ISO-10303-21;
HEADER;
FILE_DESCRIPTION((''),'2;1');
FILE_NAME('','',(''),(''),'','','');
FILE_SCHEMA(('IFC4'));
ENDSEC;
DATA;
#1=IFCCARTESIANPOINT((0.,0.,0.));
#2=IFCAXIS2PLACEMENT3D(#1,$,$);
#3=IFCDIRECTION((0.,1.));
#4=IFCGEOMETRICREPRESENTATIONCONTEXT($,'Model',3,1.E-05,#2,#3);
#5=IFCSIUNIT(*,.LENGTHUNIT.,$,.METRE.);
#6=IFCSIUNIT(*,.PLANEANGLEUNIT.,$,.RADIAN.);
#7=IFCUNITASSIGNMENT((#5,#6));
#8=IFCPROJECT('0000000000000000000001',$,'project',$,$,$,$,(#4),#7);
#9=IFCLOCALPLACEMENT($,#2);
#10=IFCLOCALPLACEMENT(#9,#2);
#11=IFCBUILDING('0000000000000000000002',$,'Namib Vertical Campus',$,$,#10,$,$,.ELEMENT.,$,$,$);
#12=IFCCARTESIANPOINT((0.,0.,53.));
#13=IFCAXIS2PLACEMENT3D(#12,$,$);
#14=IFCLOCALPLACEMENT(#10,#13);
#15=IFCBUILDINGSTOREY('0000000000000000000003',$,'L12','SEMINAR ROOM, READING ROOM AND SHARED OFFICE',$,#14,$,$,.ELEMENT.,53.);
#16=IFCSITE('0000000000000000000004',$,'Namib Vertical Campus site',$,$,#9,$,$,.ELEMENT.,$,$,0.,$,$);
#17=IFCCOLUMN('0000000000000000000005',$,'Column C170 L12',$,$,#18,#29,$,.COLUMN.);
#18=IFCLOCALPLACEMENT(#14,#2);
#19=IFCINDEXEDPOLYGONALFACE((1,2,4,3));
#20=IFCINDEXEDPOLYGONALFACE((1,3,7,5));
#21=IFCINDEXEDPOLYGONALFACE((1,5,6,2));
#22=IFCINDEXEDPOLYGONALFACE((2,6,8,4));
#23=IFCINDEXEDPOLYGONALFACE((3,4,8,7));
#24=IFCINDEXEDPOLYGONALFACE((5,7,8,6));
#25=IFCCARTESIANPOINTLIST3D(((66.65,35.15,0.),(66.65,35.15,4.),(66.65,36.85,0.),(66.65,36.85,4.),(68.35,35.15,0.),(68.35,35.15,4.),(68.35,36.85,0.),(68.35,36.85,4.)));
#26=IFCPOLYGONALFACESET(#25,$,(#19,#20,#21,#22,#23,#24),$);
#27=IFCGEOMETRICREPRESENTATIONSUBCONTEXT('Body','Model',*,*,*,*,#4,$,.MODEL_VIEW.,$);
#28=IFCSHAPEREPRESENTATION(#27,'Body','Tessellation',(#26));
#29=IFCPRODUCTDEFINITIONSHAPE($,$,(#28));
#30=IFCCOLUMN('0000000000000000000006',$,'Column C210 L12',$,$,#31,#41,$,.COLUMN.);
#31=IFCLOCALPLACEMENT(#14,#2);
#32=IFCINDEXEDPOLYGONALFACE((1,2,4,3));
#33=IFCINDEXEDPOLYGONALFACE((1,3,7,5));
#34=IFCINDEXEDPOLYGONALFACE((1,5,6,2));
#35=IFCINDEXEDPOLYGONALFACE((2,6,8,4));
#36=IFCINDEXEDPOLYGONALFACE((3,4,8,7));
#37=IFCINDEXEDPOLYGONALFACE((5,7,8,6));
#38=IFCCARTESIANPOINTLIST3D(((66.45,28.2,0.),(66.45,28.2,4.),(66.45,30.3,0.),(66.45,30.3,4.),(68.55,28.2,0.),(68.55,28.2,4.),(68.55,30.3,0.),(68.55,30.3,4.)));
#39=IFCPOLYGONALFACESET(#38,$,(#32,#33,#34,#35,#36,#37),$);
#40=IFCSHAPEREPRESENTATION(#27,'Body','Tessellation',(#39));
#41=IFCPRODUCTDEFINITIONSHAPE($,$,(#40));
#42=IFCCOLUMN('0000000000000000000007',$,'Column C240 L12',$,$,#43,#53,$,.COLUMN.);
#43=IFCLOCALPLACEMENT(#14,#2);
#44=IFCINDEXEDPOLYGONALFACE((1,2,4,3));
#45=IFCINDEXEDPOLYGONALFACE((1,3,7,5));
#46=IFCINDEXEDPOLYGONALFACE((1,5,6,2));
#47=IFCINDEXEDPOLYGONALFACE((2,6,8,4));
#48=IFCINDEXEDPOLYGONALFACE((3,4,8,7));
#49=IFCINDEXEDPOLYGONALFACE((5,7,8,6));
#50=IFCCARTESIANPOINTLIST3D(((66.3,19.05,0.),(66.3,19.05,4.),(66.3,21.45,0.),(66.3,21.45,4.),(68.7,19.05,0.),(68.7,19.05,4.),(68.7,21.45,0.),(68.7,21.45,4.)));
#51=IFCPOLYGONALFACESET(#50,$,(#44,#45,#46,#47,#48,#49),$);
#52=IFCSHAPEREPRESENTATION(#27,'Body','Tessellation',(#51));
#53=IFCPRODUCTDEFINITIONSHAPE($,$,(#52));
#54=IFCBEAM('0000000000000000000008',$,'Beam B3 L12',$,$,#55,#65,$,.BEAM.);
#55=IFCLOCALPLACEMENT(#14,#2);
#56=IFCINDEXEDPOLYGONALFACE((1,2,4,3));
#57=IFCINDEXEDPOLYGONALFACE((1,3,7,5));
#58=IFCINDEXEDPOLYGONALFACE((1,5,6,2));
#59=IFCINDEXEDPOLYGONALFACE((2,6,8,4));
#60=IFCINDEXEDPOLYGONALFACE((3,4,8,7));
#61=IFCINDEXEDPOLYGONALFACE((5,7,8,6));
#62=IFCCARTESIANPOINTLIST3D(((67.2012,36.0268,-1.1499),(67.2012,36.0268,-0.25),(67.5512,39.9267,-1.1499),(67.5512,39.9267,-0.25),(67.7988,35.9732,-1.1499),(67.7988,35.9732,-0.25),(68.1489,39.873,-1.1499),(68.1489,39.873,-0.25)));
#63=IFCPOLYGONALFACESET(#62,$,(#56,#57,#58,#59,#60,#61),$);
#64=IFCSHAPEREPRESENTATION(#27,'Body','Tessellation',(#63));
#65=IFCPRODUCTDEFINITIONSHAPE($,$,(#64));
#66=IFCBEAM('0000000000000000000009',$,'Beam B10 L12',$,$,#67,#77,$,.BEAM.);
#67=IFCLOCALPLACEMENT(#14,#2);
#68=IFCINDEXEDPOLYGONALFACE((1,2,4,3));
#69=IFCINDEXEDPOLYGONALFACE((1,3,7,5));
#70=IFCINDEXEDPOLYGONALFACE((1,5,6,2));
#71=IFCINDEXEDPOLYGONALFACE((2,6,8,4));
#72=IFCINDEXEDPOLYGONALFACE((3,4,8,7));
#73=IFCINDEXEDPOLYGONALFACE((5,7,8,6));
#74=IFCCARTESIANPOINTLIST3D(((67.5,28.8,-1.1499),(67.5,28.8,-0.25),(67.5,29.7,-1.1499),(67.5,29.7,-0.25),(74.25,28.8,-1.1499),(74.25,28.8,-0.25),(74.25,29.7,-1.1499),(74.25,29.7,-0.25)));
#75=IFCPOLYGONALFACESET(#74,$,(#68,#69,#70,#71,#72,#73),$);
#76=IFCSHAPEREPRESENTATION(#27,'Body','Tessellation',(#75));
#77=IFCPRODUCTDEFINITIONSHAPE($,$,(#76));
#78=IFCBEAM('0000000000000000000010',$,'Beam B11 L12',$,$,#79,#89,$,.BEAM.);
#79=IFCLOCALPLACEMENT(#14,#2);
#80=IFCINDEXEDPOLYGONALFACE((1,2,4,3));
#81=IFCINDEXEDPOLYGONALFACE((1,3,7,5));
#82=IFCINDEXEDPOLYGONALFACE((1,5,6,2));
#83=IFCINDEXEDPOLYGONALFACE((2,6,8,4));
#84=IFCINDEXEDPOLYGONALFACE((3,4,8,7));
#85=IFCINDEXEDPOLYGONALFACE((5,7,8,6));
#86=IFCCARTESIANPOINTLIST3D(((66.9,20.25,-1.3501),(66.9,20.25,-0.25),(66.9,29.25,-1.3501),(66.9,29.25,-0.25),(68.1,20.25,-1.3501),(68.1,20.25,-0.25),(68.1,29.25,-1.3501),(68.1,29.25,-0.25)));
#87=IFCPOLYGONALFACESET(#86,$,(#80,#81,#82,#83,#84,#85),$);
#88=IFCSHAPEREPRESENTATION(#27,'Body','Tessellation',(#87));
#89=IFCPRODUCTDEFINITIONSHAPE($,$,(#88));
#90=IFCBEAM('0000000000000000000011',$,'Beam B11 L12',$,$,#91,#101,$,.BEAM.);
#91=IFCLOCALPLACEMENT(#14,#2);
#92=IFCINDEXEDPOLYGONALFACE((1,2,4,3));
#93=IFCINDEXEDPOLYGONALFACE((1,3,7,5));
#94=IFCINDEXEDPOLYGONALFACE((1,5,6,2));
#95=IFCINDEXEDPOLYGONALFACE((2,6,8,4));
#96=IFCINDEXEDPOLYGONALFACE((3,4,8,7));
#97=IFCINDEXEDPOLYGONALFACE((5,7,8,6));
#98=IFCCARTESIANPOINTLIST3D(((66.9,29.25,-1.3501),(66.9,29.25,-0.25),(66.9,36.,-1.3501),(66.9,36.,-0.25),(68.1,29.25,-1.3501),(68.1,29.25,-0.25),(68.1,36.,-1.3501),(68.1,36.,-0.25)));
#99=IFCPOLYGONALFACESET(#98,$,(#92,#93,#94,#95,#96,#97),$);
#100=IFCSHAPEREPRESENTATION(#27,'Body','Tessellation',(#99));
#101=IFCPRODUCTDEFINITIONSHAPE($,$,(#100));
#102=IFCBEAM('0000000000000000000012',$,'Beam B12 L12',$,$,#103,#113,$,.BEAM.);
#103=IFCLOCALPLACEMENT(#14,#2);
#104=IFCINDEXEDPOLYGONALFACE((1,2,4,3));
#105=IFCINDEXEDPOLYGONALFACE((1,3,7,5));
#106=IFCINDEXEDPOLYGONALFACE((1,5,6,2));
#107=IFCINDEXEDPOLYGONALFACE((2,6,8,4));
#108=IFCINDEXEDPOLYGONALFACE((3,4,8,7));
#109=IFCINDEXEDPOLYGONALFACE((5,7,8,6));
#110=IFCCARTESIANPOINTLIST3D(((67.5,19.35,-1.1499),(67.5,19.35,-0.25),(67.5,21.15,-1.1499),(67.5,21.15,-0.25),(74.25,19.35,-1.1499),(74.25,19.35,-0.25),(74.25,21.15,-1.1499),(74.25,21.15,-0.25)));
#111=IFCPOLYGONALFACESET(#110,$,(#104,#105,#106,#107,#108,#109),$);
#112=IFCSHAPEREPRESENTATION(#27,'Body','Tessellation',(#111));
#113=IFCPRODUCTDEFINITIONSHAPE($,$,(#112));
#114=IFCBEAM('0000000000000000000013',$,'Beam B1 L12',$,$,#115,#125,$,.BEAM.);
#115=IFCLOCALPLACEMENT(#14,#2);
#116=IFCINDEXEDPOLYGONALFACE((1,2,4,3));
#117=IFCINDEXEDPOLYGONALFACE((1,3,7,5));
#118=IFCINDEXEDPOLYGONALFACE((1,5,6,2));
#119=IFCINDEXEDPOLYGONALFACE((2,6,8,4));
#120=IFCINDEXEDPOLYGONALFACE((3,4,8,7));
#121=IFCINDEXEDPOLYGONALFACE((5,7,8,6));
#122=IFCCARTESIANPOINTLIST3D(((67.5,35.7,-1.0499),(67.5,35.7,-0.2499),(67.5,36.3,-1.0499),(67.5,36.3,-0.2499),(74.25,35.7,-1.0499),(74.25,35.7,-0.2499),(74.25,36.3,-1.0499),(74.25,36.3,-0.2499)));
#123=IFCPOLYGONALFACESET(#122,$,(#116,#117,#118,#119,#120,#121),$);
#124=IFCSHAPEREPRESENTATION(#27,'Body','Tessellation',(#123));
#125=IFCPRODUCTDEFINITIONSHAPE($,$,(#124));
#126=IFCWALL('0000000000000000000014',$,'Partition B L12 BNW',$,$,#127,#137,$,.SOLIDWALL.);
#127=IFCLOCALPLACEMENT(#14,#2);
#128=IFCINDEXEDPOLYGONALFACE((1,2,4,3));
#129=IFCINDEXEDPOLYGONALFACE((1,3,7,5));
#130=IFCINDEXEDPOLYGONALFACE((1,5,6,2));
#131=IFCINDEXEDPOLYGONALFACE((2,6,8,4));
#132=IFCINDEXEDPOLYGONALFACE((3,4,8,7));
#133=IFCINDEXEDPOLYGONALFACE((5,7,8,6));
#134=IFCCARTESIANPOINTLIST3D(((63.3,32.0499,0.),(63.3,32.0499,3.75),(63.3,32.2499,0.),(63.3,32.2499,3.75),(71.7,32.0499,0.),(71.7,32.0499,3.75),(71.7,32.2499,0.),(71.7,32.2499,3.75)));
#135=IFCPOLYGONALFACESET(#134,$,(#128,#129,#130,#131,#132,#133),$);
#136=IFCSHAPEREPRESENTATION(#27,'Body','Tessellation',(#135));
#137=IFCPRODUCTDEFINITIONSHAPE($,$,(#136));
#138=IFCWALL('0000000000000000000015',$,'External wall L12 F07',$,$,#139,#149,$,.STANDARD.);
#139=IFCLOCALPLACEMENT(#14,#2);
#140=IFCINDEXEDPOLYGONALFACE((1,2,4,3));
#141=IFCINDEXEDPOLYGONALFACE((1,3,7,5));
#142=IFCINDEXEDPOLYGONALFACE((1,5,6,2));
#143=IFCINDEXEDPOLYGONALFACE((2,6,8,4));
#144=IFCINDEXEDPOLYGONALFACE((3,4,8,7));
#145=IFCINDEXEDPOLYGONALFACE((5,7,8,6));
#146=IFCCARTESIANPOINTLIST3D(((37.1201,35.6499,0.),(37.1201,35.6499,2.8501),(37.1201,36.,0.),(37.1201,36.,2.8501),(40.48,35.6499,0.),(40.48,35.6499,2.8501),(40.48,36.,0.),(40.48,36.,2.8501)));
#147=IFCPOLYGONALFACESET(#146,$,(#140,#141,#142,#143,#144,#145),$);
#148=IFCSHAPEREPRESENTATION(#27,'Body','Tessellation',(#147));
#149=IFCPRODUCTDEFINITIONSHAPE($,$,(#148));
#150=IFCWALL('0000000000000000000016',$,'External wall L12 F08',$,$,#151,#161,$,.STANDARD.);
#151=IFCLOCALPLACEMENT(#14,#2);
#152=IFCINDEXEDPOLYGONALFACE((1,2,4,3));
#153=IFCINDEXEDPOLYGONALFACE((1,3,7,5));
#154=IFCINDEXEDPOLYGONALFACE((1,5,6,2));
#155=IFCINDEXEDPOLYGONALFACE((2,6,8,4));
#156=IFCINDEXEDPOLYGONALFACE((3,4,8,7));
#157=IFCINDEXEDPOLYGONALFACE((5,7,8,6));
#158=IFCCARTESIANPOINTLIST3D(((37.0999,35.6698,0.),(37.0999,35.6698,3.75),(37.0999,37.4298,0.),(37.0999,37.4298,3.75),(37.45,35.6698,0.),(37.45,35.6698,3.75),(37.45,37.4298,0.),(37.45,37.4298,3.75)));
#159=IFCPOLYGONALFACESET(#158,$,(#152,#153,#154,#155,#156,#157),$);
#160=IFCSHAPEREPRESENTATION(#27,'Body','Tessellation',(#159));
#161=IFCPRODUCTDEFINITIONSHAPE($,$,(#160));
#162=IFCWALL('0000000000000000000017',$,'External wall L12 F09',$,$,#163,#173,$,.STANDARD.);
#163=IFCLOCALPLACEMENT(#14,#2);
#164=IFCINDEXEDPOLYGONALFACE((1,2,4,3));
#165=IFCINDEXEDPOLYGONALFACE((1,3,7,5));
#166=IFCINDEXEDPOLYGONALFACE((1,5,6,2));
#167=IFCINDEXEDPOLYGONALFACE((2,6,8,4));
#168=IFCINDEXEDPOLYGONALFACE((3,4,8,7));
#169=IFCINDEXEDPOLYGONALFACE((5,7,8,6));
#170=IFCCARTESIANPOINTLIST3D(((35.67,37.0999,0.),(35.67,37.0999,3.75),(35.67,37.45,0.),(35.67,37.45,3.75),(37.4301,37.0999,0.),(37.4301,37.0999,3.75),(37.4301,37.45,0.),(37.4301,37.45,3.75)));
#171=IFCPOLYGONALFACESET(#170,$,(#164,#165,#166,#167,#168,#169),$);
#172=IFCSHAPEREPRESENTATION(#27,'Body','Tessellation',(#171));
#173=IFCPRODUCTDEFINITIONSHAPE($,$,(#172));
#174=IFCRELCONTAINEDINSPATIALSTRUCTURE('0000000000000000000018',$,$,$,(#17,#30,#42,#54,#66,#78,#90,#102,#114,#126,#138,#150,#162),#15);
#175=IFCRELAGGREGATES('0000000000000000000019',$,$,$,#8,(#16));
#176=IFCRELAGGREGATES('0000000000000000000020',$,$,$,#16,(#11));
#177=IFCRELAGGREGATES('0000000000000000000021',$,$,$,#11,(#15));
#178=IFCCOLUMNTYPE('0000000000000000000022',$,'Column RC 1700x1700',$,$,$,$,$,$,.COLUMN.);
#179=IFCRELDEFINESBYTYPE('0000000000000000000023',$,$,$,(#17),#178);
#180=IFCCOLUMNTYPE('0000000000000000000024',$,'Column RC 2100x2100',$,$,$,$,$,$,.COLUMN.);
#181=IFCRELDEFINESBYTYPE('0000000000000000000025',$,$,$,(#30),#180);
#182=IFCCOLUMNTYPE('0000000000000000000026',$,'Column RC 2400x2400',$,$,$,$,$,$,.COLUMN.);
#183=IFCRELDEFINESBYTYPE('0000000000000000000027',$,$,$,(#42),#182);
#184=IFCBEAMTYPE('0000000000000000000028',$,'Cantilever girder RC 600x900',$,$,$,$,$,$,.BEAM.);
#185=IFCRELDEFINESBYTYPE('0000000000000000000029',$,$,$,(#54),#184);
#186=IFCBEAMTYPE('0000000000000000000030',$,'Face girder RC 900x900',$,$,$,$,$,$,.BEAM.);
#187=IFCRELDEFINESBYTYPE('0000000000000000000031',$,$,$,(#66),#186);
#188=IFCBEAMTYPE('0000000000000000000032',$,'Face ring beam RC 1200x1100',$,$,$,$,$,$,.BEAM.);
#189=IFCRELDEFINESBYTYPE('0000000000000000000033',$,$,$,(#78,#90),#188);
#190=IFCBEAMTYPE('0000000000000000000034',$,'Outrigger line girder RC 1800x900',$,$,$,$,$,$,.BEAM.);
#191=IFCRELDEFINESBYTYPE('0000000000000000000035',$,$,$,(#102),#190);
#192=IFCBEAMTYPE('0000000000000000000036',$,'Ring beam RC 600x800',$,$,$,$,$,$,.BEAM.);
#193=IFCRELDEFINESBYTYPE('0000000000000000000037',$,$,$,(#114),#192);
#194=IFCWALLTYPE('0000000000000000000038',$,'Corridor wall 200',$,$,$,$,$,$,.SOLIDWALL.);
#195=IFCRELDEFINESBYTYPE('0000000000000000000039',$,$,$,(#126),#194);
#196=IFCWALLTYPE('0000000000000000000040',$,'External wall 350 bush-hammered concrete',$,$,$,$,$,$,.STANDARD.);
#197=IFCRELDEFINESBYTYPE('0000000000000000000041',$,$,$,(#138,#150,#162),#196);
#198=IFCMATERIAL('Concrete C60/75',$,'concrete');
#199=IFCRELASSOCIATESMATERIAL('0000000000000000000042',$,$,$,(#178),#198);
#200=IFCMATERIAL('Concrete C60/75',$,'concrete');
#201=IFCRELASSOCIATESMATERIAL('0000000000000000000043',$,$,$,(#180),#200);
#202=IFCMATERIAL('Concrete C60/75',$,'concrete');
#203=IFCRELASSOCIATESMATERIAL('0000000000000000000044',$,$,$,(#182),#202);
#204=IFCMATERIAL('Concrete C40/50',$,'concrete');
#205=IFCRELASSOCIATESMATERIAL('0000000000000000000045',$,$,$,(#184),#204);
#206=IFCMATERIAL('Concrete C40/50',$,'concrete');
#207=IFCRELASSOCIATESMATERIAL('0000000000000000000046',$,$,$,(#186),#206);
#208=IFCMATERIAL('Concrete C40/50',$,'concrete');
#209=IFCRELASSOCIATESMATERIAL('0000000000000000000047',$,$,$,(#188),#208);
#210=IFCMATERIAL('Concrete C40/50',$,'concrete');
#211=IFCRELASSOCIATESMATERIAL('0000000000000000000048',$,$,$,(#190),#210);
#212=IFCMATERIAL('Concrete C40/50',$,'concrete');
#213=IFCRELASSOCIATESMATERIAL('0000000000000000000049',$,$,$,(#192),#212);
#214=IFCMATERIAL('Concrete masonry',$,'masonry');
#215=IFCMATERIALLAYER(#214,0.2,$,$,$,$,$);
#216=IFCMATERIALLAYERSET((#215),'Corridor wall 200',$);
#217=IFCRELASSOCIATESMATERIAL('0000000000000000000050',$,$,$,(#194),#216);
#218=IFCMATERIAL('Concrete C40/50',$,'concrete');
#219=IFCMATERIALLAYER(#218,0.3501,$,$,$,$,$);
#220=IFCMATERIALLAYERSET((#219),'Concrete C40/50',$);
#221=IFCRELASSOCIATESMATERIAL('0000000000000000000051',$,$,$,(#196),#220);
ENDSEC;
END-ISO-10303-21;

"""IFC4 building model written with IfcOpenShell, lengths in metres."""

from ifc_helpers import new_model, si_unit, direction, frame, frame_2d, origin, origin_2d, place, context, subcontext, project, spatial, rectangle, extrude, material, layer, layer_set, material_profile, profile_set, type_object, element, save


model = new_model("IFC4")

# Units and contexts
model_context = context("Model", 3, precision=1e-05, world=origin(), true_north=direction((0.0, 1.0)))
body_context = subcontext(model_context, "Body", "Model", "MODEL_VIEW")
ifc_project = project(units=[si_unit("LENGTHUNIT", "METRE"), si_unit("PLANEANGLEUNIT", "RADIAN")], contexts=[model_context])

# Site, building, storey
site_placement = place(None, origin())
site = spatial("IfcSite", under=ifc_project, at=site_placement, Name="Namib Vertical Campus site", CompositionType="ELEMENT", RefElevation=0.0)
building_placement = place(site_placement, origin())
building = spatial("IfcBuilding", under=site, at=building_placement, Name="Namib Vertical Campus", CompositionType="ELEMENT")
storey_placement = place(building_placement, frame((0.0, 0.0, 53.0)))
storey = spatial("IfcBuildingStorey", under=building, at=storey_placement, Name="L12", Description="SEMINAR ROOM, READING ROOM AND SHARED OFFICE", CompositionType="ELEMENT", Elevation=53.0)

# Columns
ifc_material_1 = material(Name="Concrete C60/75", Category="concrete")
ifc_material_profile_1 = material_profile(ifc_material_1, rectangle(XDim=1.7, YDim=1.7, at=origin_2d()))
ifc_profile_set_1 = profile_set([ifc_material_profile_1], Name="Concrete C60/75")
column_type_1 = type_object("IfcColumnType", Name="Column RC 1700x1700", PredefinedType="COLUMN", material=ifc_profile_set_1)
column_1_placement = place(storey_placement, frame((67.5, 36.0, 0.0), z_axis=(0.0, 0.0, 1.0), x_axis=(1.0, 0.0, 0.0)))
element("IfcColumn", 1, at=column_1_placement, inside=storey, type_object=column_type_1, Name="Column C170 L12", PredefinedType="COLUMN", context=body_context, shape_type="SweptSolid", body=[
    extrude(rectangle(XDim=1.7, YDim=1.7, at=origin_2d()), origin(), (0.0, 0.0, 1.0), 4.0),
])
ifc_material_2 = material(Name="Concrete C60/75", Category="concrete")
ifc_material_profile_2 = material_profile(ifc_material_2, rectangle(XDim=2.1001, YDim=2.1001, at=origin_2d()))
ifc_profile_set_2 = profile_set([ifc_material_profile_2], Name="Concrete C60/75")
column_type_2 = type_object("IfcColumnType", Name="Column RC 2100x2100", PredefinedType="COLUMN", material=ifc_profile_set_2)
column_2_placement = place(storey_placement, frame((67.5, 29.25, 0.0), z_axis=(0.0, 0.0, 1.0), x_axis=(1.0, 0.0, 0.0)))
element("IfcColumn", 2, at=column_2_placement, inside=storey, type_object=column_type_2, Name="Column C210 L12", PredefinedType="COLUMN", context=body_context, shape_type="SweptSolid", body=[
    extrude(rectangle(XDim=2.1001, YDim=2.1001, at=origin_2d()), origin(), (0.0, 0.0, 1.0), 4.0),
])
ifc_material_3 = material(Name="Concrete C60/75", Category="concrete")
ifc_material_profile_3 = material_profile(ifc_material_3, rectangle(XDim=2.3999, YDim=2.3999, at=origin_2d()))
ifc_profile_set_3 = profile_set([ifc_material_profile_3], Name="Concrete C60/75")
column_type_3 = type_object("IfcColumnType", Name="Column RC 2400x2400", PredefinedType="COLUMN", material=ifc_profile_set_3)
column_3_placement = place(storey_placement, frame((67.5, 20.25, 0.0), z_axis=(0.0, 0.0, 1.0), x_axis=(1.0, 0.0, 0.0)))
element("IfcColumn", 3, at=column_3_placement, inside=storey, type_object=column_type_3, Name="Column C240 L12", PredefinedType="COLUMN", context=body_context, shape_type="SweptSolid", body=[
    extrude(rectangle(XDim=2.3999, YDim=2.3999, at=origin_2d()), origin(), (0.0, 0.0, 1.0), 4.0),
])

# Beams
ifc_material_4 = material(Name="Concrete C40/50", Category="concrete")
ifc_material_profile_4 = material_profile(ifc_material_4, rectangle(XDim=0.6001, YDim=0.8999, at=origin_2d()))
ifc_profile_set_4 = profile_set([ifc_material_profile_4], Name="Concrete C40/50")
beam_type_1 = type_object("IfcBeamType", Name="Cantilever girder RC 600x900", PredefinedType="BEAM", material=ifc_profile_set_4)
beam_1_placement = place(storey_placement, frame((67.5, 36.0, -0.7), z_axis=(0.089411, 0.995995, 0.0), x_axis=(-0.995995, 0.089411, 0.0)))
element("IfcBeam", 4, at=beam_1_placement, inside=storey, type_object=beam_type_1, Name="Beam B3 L12", PredefinedType="BEAM", context=body_context, shape_type="SweptSolid", body=[
    extrude(rectangle(XDim=0.6001, YDim=0.8999, at=origin_2d()), origin(), (0.0, 0.0, 1.0), 3.9155),
])
ifc_material_5 = material(Name="Concrete C40/50", Category="concrete")
ifc_material_profile_5 = material_profile(ifc_material_5, rectangle(XDim=0.8999, YDim=0.8999, at=origin_2d()))
ifc_profile_set_5 = profile_set([ifc_material_profile_5], Name="Concrete C40/50")
beam_type_2 = type_object("IfcBeamType", Name="Face girder RC 900x900", PredefinedType="BEAM", material=ifc_profile_set_5)
beam_2_placement = place(storey_placement, frame((67.5, 29.25, -0.7), z_axis=(1.0, 0.0, 0.0), x_axis=(0.0, 1.0, 0.0)))
element("IfcBeam", 5, at=beam_2_placement, inside=storey, type_object=beam_type_2, Name="Beam B10 L12", PredefinedType="BEAM", context=body_context, shape_type="SweptSolid", body=[
    extrude(rectangle(XDim=0.8999, YDim=0.8999, at=origin_2d()), origin(), (0.0, 0.0, 1.0), 6.75),
])
ifc_material_6 = material(Name="Concrete C40/50", Category="concrete")
ifc_material_profile_6 = material_profile(ifc_material_6, rectangle(XDim=1.2, YDim=1.1001, at=origin_2d()))
ifc_profile_set_6 = profile_set([ifc_material_profile_6], Name="Concrete C40/50")
beam_type_3 = type_object("IfcBeamType", Name="Face ring beam RC 1200x1100", PredefinedType="BEAM", material=ifc_profile_set_6)
beam_3_placement = place(storey_placement, frame((67.5, 20.25, -0.8), z_axis=(0.0, 1.0, 0.0), x_axis=(-1.0, 0.0, 0.0)))
element("IfcBeam", 6, at=beam_3_placement, inside=storey, type_object=beam_type_3, Name="Beam B11 L12", PredefinedType="BEAM", context=body_context, shape_type="SweptSolid", body=[
    extrude(rectangle(XDim=1.2, YDim=1.1001, at=origin_2d()), origin(), (0.0, 0.0, 1.0), 9.0),
])
beam_4_placement = place(storey_placement, frame((67.5, 29.25, -0.8), z_axis=(0.0, 1.0, 0.0), x_axis=(-1.0, 0.0, 0.0)))
element("IfcBeam", 7, at=beam_4_placement, inside=storey, type_object=beam_type_3, Name="Beam B11 L12", PredefinedType="BEAM", context=body_context, shape_type="SweptSolid", body=[
    extrude(rectangle(XDim=1.2, YDim=1.1001, at=origin_2d()), origin(), (0.0, 0.0, 1.0), 6.75),
])
ifc_material_7 = material(Name="Concrete C40/50", Category="concrete")
ifc_material_profile_7 = material_profile(ifc_material_7, rectangle(XDim=1.8, YDim=0.8999, at=origin_2d()))
ifc_profile_set_7 = profile_set([ifc_material_profile_7], Name="Concrete C40/50")
beam_type_4 = type_object("IfcBeamType", Name="Outrigger line girder RC 1800x900", PredefinedType="BEAM", material=ifc_profile_set_7)
beam_5_placement = place(storey_placement, frame((67.5, 20.25, -0.7), z_axis=(1.0, 0.0, 0.0), x_axis=(0.0, 1.0, 0.0)))
element("IfcBeam", 8, at=beam_5_placement, inside=storey, type_object=beam_type_4, Name="Beam B12 L12", PredefinedType="BEAM", context=body_context, shape_type="SweptSolid", body=[
    extrude(rectangle(XDim=1.8, YDim=0.8999, at=origin_2d()), origin(), (0.0, 0.0, 1.0), 6.75),
])
ifc_material_8 = material(Name="Concrete C40/50", Category="concrete")
ifc_material_profile_8 = material_profile(ifc_material_8, rectangle(XDim=0.6001, YDim=0.8, at=origin_2d()))
ifc_profile_set_8 = profile_set([ifc_material_profile_8], Name="Concrete C40/50")
beam_type_5 = type_object("IfcBeamType", Name="Ring beam RC 600x800", PredefinedType="BEAM", material=ifc_profile_set_8)
beam_6_placement = place(storey_placement, frame((67.5, 36.0, -0.6499), z_axis=(1.0, 0.0, 0.0), x_axis=(0.0, 1.0, 0.0)))
element("IfcBeam", 9, at=beam_6_placement, inside=storey, type_object=beam_type_5, Name="Beam B1 L12", PredefinedType="BEAM", context=body_context, shape_type="SweptSolid", body=[
    extrude(rectangle(XDim=0.6001, YDim=0.8, at=origin_2d()), origin(), (0.0, 0.0, 1.0), 6.75),
])

# Walls
ifc_material_9 = material(Name="Concrete masonry", Category="masonry")
ifc_layer_1 = layer(ifc_material_9, 0.2)
ifc_layer_set_1 = layer_set([ifc_layer_1], Name="Corridor wall 200")
wall_type_1 = type_object("IfcWallType", Name="Corridor wall 200", PredefinedType="SOLIDWALL", material=ifc_layer_set_1)
wall_1_placement = place(storey_placement, frame((63.3, 32.1499, 0.0), z_axis=(0.0, 0.0, 1.0), x_axis=(1.0, 0.0, 0.0)))
element("IfcWall", 10, at=wall_1_placement, inside=storey, type_object=wall_type_1, Name="Partition B L12 BNW", PredefinedType="SOLIDWALL", context=body_context, shape_type="SweptSolid", body=[
    extrude(rectangle(XDim=8.3999, YDim=0.2, at=frame_2d((4.2, 0.0))), origin(), (0.0, 0.0, 1.0), 3.75),
])
ifc_material_10 = material(Name="Concrete C40/50", Category="concrete")
ifc_layer_2 = layer(ifc_material_10, 0.3501)
ifc_layer_set_2 = layer_set([ifc_layer_2], Name="Concrete C40/50")
wall_type_2 = type_object("IfcWallType", Name="External wall 350 bush-hammered concrete", PredefinedType="STANDARD", material=ifc_layer_set_2)
wall_2_placement = place(storey_placement, frame((40.48, 35.825, 0.0), z_axis=(0.0, 0.0, 1.0), x_axis=(-1.0, 0.0, 0.0)))
element("IfcWall", 11, at=wall_2_placement, inside=storey, type_object=wall_type_2, Name="External wall L12 F07", PredefinedType="STANDARD", context=body_context, shape_type="SweptSolid", body=[
    extrude(rectangle(XDim=3.3599, YDim=0.3501, at=frame_2d((1.6799, 0.0))), origin(), (0.0, 0.0, 1.0), 2.8501),
])
for number, where, z_axis, x_axis, name in (
    (12, (37.2749, 35.6699, 0.0), (0.0, 0.0, 1.0), (0.0, 1.0, 0.0), "External wall L12 F08"),
    (13, (37.4299, 37.2749, 0.0), (0.0, 0.0, 1.0), (-1.0, 0.0, 0.0), "External wall L12 F09"),
):
    element("IfcWall", number, at=place(storey_placement, frame(where, z_axis=z_axis, x_axis=x_axis)), inside=storey, type_object=wall_type_2, Name=name, PredefinedType="STANDARD", context=body_context, shape_type="SweptSolid", body=[
        extrude(rectangle(XDim=1.76, YDim=0.3501, at=frame_2d((0.8799, 0.0))), origin(), (0.0, 0.0, 1.0), 3.75),
    ])

save(model, "model.ifc")
